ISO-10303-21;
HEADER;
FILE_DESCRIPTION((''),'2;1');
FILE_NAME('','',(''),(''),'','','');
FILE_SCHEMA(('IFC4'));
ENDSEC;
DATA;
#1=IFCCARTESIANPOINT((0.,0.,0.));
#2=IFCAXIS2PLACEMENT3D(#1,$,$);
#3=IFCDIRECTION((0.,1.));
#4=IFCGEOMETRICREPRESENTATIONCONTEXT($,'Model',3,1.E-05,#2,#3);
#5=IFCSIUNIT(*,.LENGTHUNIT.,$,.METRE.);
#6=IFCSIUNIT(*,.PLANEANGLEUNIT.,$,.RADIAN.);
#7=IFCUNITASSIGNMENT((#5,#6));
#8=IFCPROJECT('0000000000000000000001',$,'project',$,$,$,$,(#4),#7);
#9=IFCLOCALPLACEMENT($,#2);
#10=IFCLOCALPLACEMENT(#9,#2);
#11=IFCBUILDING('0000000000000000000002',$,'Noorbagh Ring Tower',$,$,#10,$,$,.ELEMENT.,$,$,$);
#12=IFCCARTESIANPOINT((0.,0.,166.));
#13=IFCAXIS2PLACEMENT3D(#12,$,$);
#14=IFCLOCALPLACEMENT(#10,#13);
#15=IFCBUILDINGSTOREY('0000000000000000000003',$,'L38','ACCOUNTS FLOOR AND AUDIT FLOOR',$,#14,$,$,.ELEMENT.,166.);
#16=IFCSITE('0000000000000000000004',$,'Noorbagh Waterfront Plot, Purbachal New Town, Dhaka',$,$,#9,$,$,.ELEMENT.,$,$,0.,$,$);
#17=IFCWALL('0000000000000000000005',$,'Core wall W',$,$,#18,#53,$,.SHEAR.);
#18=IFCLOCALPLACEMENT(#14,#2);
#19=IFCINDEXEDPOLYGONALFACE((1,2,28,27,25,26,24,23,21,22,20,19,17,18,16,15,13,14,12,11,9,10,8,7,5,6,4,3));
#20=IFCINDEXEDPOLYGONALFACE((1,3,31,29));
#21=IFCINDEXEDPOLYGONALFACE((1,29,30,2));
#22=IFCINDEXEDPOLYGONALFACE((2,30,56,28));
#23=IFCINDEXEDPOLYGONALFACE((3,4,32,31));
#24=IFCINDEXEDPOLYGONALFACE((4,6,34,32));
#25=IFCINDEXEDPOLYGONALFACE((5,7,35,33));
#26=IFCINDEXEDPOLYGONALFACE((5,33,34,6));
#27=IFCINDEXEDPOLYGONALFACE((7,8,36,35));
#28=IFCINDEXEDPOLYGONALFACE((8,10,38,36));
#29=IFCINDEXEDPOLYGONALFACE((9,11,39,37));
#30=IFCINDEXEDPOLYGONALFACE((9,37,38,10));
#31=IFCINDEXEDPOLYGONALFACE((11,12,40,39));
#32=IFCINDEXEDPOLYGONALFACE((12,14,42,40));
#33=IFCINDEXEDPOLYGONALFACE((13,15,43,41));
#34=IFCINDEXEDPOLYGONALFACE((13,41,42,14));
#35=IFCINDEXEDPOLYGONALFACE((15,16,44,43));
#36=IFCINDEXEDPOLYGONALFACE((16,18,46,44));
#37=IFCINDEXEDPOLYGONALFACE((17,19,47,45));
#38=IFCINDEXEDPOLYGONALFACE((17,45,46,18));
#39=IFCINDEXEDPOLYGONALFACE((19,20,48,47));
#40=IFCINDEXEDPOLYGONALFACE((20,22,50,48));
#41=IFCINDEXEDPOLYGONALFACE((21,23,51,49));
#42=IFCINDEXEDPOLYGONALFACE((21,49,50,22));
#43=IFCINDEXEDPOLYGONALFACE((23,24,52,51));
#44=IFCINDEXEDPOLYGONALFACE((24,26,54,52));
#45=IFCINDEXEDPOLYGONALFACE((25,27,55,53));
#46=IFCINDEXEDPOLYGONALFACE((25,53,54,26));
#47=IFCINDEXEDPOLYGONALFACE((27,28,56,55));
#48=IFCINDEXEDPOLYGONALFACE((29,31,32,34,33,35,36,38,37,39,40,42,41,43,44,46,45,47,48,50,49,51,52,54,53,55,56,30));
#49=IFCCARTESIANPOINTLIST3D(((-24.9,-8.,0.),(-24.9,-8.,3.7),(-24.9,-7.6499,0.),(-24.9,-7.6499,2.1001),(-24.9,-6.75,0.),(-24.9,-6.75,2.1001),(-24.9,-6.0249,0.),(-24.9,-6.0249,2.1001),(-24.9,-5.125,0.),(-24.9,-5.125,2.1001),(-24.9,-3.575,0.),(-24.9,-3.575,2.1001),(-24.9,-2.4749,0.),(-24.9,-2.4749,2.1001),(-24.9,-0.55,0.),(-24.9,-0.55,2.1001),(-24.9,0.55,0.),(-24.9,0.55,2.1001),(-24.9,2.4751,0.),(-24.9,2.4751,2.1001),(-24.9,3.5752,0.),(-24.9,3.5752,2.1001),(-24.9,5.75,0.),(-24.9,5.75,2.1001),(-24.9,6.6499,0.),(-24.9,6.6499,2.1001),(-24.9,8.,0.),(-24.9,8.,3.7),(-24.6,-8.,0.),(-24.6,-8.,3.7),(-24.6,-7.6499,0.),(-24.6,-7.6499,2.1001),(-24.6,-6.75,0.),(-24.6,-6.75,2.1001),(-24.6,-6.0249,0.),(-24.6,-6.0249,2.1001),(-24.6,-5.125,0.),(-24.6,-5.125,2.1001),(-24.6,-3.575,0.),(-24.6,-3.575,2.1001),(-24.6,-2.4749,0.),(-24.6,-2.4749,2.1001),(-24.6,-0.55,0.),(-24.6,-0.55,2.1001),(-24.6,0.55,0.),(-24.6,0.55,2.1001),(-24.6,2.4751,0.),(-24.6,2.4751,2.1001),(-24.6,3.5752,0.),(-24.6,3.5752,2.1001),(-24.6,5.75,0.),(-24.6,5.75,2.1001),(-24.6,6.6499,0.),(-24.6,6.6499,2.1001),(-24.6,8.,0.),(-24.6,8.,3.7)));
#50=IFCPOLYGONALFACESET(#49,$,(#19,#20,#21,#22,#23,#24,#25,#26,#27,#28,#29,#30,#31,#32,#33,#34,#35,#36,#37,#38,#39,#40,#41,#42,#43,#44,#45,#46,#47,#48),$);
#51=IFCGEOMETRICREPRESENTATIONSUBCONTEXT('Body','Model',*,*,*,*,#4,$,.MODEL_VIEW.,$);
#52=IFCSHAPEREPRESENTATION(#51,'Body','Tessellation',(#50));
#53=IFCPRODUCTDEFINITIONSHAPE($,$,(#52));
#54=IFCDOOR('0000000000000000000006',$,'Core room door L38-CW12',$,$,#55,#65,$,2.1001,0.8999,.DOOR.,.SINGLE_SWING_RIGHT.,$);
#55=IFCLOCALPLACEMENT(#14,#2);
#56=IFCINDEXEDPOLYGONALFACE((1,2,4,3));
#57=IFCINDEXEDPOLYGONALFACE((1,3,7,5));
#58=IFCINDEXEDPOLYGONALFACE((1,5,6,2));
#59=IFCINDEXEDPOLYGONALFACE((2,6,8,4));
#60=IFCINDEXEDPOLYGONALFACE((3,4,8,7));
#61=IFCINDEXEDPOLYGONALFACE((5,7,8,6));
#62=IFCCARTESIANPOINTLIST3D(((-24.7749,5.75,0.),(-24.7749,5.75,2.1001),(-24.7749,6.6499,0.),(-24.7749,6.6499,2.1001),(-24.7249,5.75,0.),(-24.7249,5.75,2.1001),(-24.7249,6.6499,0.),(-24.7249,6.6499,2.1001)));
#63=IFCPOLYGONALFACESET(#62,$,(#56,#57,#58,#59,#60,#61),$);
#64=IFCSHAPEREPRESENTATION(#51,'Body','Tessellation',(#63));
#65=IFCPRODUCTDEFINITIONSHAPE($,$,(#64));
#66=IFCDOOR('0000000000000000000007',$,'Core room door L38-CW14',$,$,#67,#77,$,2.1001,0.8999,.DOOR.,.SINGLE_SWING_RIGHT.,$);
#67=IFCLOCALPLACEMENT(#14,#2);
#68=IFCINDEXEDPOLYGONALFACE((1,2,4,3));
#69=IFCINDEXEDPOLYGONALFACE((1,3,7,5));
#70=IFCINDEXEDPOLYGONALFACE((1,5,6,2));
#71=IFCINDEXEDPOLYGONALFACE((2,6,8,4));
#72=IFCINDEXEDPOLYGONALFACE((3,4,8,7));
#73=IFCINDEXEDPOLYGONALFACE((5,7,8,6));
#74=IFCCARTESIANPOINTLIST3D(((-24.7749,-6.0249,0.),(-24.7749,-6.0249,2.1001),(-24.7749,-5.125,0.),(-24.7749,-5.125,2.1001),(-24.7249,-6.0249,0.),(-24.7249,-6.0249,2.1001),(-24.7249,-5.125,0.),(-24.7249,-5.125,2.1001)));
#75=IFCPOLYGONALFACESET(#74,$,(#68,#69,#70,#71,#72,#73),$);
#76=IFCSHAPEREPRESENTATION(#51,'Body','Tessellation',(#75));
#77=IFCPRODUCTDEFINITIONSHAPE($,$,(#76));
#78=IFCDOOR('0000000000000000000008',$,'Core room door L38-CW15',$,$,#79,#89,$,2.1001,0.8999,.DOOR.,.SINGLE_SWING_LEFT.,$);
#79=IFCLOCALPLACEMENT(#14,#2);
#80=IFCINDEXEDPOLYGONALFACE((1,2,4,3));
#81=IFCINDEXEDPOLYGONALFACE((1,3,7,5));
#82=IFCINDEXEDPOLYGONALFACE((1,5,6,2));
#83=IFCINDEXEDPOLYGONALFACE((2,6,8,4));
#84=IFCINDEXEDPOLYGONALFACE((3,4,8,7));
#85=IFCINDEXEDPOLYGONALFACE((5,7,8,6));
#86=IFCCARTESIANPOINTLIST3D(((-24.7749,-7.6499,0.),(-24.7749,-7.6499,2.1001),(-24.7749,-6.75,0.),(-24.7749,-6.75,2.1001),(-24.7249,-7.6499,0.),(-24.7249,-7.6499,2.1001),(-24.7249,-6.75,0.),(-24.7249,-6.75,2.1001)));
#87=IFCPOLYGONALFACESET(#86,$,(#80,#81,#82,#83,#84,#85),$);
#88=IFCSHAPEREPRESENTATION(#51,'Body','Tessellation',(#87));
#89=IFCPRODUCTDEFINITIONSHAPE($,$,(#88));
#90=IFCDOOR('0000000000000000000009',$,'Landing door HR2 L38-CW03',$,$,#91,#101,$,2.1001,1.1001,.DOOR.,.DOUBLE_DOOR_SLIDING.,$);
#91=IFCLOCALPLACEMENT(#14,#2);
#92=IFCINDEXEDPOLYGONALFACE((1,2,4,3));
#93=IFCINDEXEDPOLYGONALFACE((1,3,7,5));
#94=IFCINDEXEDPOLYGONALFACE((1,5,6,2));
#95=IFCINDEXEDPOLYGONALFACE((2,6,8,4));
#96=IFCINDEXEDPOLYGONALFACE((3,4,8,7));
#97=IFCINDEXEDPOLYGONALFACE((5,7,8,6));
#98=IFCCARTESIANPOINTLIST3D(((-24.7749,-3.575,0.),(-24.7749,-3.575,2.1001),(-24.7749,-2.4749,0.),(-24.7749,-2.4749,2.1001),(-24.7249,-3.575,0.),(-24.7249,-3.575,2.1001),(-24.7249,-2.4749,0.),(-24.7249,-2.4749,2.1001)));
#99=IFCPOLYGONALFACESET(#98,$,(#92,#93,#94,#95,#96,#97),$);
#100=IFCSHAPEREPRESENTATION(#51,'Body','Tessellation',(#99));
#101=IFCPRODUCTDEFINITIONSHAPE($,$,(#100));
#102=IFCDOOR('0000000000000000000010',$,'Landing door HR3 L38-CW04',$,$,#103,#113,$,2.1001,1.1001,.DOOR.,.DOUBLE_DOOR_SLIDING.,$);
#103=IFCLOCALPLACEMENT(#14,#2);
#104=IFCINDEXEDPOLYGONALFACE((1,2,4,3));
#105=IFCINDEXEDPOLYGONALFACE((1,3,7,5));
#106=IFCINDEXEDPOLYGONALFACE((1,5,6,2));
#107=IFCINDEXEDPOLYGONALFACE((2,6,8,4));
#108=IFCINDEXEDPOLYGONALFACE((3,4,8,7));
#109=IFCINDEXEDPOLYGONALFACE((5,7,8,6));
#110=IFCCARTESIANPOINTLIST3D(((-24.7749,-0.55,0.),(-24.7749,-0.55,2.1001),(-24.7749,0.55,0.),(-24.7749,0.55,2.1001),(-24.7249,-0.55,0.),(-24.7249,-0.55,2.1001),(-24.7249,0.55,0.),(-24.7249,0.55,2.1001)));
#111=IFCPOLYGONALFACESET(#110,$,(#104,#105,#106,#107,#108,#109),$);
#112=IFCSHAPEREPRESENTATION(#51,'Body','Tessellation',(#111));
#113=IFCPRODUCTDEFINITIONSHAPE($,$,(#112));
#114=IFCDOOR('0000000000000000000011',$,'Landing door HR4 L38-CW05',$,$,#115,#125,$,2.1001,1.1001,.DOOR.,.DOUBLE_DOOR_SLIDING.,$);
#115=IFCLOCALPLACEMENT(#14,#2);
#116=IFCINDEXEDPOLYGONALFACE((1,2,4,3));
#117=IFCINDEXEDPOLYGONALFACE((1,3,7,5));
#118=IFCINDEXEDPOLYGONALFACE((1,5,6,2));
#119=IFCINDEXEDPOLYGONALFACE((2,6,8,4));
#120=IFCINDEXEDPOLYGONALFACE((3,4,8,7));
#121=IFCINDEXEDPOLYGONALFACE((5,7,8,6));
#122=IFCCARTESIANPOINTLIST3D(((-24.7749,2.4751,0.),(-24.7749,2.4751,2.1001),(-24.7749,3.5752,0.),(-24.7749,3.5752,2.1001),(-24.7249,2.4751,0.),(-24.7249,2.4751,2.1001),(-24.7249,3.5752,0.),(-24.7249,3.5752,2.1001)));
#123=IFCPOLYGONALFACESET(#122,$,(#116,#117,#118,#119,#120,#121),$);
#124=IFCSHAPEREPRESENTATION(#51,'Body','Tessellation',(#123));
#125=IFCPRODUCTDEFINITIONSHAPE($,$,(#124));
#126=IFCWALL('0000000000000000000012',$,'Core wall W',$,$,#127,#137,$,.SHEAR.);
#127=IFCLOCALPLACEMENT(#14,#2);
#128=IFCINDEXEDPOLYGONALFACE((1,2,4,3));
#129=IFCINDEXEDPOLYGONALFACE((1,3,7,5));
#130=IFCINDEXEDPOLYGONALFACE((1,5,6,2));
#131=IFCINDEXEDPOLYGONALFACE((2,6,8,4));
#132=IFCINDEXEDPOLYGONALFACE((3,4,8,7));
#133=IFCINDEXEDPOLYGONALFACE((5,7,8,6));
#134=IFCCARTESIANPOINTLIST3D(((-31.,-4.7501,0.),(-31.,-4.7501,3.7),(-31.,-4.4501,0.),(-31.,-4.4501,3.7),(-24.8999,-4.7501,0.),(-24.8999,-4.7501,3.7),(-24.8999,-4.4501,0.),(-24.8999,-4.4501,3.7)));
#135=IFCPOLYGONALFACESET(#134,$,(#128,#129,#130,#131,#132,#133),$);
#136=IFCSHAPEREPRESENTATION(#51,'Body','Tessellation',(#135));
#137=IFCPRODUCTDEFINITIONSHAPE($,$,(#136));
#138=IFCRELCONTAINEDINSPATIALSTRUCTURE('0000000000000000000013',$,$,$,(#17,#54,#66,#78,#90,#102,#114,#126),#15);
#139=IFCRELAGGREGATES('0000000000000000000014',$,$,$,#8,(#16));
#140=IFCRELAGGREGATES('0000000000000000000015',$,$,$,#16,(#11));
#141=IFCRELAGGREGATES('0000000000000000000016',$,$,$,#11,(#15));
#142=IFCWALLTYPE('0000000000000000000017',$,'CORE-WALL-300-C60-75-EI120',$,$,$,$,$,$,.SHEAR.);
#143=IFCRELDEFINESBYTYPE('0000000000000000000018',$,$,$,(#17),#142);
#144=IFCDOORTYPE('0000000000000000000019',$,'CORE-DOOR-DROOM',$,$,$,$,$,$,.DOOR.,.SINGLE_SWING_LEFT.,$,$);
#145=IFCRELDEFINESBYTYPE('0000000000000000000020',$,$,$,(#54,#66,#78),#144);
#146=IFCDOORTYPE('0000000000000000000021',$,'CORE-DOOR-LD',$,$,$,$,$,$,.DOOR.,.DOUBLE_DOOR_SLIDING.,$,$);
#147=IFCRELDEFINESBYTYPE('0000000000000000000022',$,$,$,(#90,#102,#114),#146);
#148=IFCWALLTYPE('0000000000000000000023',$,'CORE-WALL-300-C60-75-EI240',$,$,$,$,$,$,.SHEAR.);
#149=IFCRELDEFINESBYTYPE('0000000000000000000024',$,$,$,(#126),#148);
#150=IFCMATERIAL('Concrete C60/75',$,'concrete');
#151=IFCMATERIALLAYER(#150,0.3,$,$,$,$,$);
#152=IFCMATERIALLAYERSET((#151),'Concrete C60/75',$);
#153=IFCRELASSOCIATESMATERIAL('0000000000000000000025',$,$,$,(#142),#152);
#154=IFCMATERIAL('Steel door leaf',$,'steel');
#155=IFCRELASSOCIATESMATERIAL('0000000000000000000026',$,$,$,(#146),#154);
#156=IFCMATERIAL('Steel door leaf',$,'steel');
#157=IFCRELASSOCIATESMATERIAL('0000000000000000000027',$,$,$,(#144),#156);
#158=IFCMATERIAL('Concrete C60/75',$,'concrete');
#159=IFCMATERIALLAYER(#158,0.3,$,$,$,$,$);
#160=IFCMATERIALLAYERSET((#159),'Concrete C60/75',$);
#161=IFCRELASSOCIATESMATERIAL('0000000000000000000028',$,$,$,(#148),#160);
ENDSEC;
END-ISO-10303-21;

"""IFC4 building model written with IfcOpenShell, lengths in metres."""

from ifc_helpers import new_model, si_unit, direction, frame, frame_2d, origin, place, context, subcontext, project, spatial, rectangle, extrude, material, layer, layer_set, type_object, element, fill, save


model = new_model("IFC4")

# Units and contexts
model_context = context("Model", 3, precision=1e-05, world=origin(), true_north=direction((0.0, 1.0)))
body_context = subcontext(model_context, "Body", "Model", "MODEL_VIEW")
ifc_project = project(units=[si_unit("LENGTHUNIT", "METRE"), si_unit("PLANEANGLEUNIT", "RADIAN")], contexts=[model_context])

# Site, building, storey
site_placement = place(None, origin())
site = spatial("IfcSite", under=ifc_project, at=site_placement, Name="Noorbagh Waterfront Plot, Purbachal New Town, Dhaka", CompositionType="ELEMENT", RefElevation=0.0)
building_placement = place(site_placement, origin())
building = spatial("IfcBuilding", under=site, at=building_placement, Name="Noorbagh Ring Tower", CompositionType="ELEMENT")
storey_placement = place(building_placement, frame((0.0, 0.0, 166.0)))
storey = spatial("IfcBuildingStorey", under=building, at=storey_placement, Name="L38", Description="ACCOUNTS FLOOR AND AUDIT FLOOR", CompositionType="ELEMENT", Elevation=166.0)

# Shared definitions
ifc_material_1 = material(Name="Concrete C60/75", Category="concrete")
ifc_layer_1 = layer(ifc_material_1, 0.3)
ifc_layer_set_1 = layer_set([ifc_layer_1], Name="Concrete C60/75")
wall_type_1 = type_object("IfcWallType", Name="CORE-WALL-300-C60-75-EI120", PredefinedType="SHEAR", material=ifc_layer_set_1)

# Wall, openings, doors
ifc_material_2 = material(Name="Steel door leaf", Category="steel")
door_type_1 = type_object("IfcDoorType", Name="CORE-DOOR-LD", OperationType="DOUBLE_DOOR_SLIDING", PredefinedType="DOOR", material=ifc_material_2)
wall_1_placement = place(storey_placement, frame((-24.75, -8.0, 0.0), z_axis=(0.0, 0.0, 1.0), x_axis=(0.0, 1.0, 0.0)))
wall_1 = element("IfcWall", 1, at=wall_1_placement, inside=storey, type_object=wall_type_1, Name="Core wall W", PredefinedType="SHEAR", context=body_context, shape_type="SweptSolid", body=[
    extrude(rectangle(XDim=16.0, YDim=0.3, at=frame_2d((8.0, 0.0))), origin(), (0.0, 0.0, 1.0), 3.7),
])
opening_1_placement = place(wall_1_placement, frame((4.425, 0.0, 0.0)))
opening_1 = element("IfcOpeningElement", 2, at=opening_1_placement, cuts=wall_1, PredefinedType="OPENING", context=body_context, shape_type="SweptSolid", body=[
    extrude(rectangle(XDim=1.1001, YDim=2.1001, at=frame_2d((0.55, 1.05))), frame((0.0, 0.1602, 0.0), z_axis=(0.0, -1.0, 0.0), x_axis=(1.0, 0.0, 0.0)), (0.0, 0.0, 1.0), 0.3201),
])
opening_2_placement = place(wall_1_placement, frame((7.45, 0.0, 0.0)))
opening_2 = element("IfcOpeningElement", 3, at=opening_2_placement, cuts=wall_1, PredefinedType="OPENING", context=body_context, shape_type="SweptSolid", body=[
    extrude(rectangle(XDim=1.1001, YDim=2.1001, at=frame_2d((0.55, 1.05))), frame((0.0, 0.1602, 0.0), z_axis=(0.0, -1.0, 0.0), x_axis=(1.0, 0.0, 0.0)), (0.0, 0.0, 1.0), 0.3201),
])
opening_3_placement = place(wall_1_placement, frame((10.4751, 0.0, 0.0)))
opening_3 = element("IfcOpeningElement", 4, at=opening_3_placement, cuts=wall_1, PredefinedType="OPENING", context=body_context, shape_type="SweptSolid", body=[
    extrude(rectangle(XDim=1.1001, YDim=2.1001, at=frame_2d((0.55, 1.05))), frame((0.0, 0.1602, 0.0), z_axis=(0.0, -1.0, 0.0), x_axis=(1.0, 0.0, 0.0)), (0.0, 0.0, 1.0), 0.3201),
])
opening_4_placement = place(wall_1_placement, frame((13.75, 0.0, 0.0)))
opening_4 = element("IfcOpeningElement", 5, at=opening_4_placement, cuts=wall_1, PredefinedType="OPENING", context=body_context, shape_type="SweptSolid", body=[
    extrude(rectangle(XDim=0.8999, YDim=2.1001, at=frame_2d((0.45, 1.05))), frame((0.0, 0.1602, 0.0), z_axis=(0.0, -1.0, 0.0), x_axis=(1.0, 0.0, 0.0)), (0.0, 0.0, 1.0), 0.3201),
])
opening_5_placement = place(wall_1_placement, frame((1.9751, 0.0, 0.0)))
opening_5 = element("IfcOpeningElement", 6, at=opening_5_placement, cuts=wall_1, PredefinedType="OPENING", context=body_context, shape_type="SweptSolid", body=[
    extrude(rectangle(XDim=0.8999, YDim=2.1001, at=frame_2d((0.45, 1.05))), frame((0.0, 0.1602, 0.0), z_axis=(0.0, -1.0, 0.0), x_axis=(1.0, 0.0, 0.0)), (0.0, 0.0, 1.0), 0.3201),
])
opening_6_placement = place(wall_1_placement, frame((0.3501, 0.0, 0.0)))
opening_6 = element("IfcOpeningElement", 7, at=opening_6_placement, cuts=wall_1, PredefinedType="OPENING", context=body_context, shape_type="SweptSolid", body=[
    extrude(rectangle(XDim=0.8999, YDim=2.1001, at=frame_2d((0.45, 1.05))), frame((0.0, 0.1602, 0.0), z_axis=(0.0, -1.0, 0.0), x_axis=(1.0, 0.0, 0.0)), (0.0, 0.0, 1.0), 0.3201),
])
ifc_material_3 = material(Name="Steel door leaf", Category="steel")
door_type_2 = type_object("IfcDoorType", Name="CORE-DOOR-DROOM", OperationType="SINGLE_SWING_LEFT", PredefinedType="DOOR", material=ifc_material_3)
door_1_placement = place(opening_4_placement, origin())
door_1 = element("IfcDoor", 8, at=door_1_placement, inside=storey, type_object=door_type_2, Name="Core room door L38-CW12", OperationType="SINGLE_SWING_RIGHT", OverallHeight=2.1001, OverallWidth=0.8999, PredefinedType="DOOR", context=body_context, shape_type="SweptSolid", body=[
    extrude(rectangle(XDim=0.8999, YDim=2.1001, at=frame_2d((0.45, 1.05))), frame((0.0, 0.0249, 0.0), z_axis=(0.0, -1.0, 0.0), x_axis=(1.0, 0.0, 0.0)), (0.0, 0.0, 1.0), 0.05),
])
fill(opening_4, door_1)
door_2_placement = place(opening_5_placement, origin())
door_2 = element("IfcDoor", 9, at=door_2_placement, inside=storey, type_object=door_type_2, Name="Core room door L38-CW14", OperationType="SINGLE_SWING_RIGHT", OverallHeight=2.1001, OverallWidth=0.8999, PredefinedType="DOOR", context=body_context, shape_type="SweptSolid", body=[
    extrude(rectangle(XDim=0.8999, YDim=2.1001, at=frame_2d((0.45, 1.05))), frame((0.0, 0.0249, 0.0), z_axis=(0.0, -1.0, 0.0), x_axis=(1.0, 0.0, 0.0)), (0.0, 0.0, 1.0), 0.05),
])
fill(opening_5, door_2)
door_3_placement = place(opening_6_placement, origin())
door_3 = element("IfcDoor", 10, at=door_3_placement, inside=storey, type_object=door_type_2, Name="Core room door L38-CW15", OperationType="SINGLE_SWING_LEFT", OverallHeight=2.1001, OverallWidth=0.8999, PredefinedType="DOOR", context=body_context, shape_type="SweptSolid", body=[
    extrude(rectangle(XDim=0.8999, YDim=2.1001, at=frame_2d((0.45, 1.05))), frame((0.0, 0.0249, 0.0), z_axis=(0.0, -1.0, 0.0), x_axis=(1.0, 0.0, 0.0)), (0.0, 0.0, 1.0), 0.05),
])
fill(opening_6, door_3)
door_4_placement = place(opening_1_placement, origin())
door_4 = element("IfcDoor", 11, at=door_4_placement, inside=storey, type_object=door_type_1, Name="Landing door HR2 L38-CW03", OperationType="DOUBLE_DOOR_SLIDING", OverallHeight=2.1001, OverallWidth=1.1001, PredefinedType="DOOR", context=body_context, shape_type="SweptSolid", body=[
    extrude(rectangle(XDim=1.1001, YDim=2.1001, at=frame_2d((0.55, 1.05))), frame((0.0, 0.0249, 0.0), z_axis=(0.0, -1.0, 0.0), x_axis=(1.0, 0.0, 0.0)), (0.0, 0.0, 1.0), 0.05),
])
fill(opening_1, door_4)
door_5_placement = place(opening_2_placement, origin())
door_5 = element("IfcDoor", 12, at=door_5_placement, inside=storey, type_object=door_type_1, Name="Landing door HR3 L38-CW04", OperationType="DOUBLE_DOOR_SLIDING", OverallHeight=2.1001, OverallWidth=1.1001, PredefinedType="DOOR", context=body_context, shape_type="SweptSolid", body=[
    extrude(rectangle(XDim=1.1001, YDim=2.1001, at=frame_2d((0.55, 1.05))), frame((0.0, 0.0249, 0.0), z_axis=(0.0, -1.0, 0.0), x_axis=(1.0, 0.0, 0.0)), (0.0, 0.0, 1.0), 0.05),
])
fill(opening_2, door_5)
door_6_placement = place(opening_3_placement, origin())
door_6 = element("IfcDoor", 13, at=door_6_placement, inside=storey, type_object=door_type_1, Name="Landing door HR4 L38-CW05", OperationType="DOUBLE_DOOR_SLIDING", OverallHeight=2.1001, OverallWidth=1.1001, PredefinedType="DOOR", context=body_context, shape_type="SweptSolid", body=[
    extrude(rectangle(XDim=1.1001, YDim=2.1001, at=frame_2d((0.55, 1.05))), frame((0.0, 0.0249, 0.0), z_axis=(0.0, -1.0, 0.0), x_axis=(1.0, 0.0, 0.0)), (0.0, 0.0, 1.0), 0.05),
])
fill(opening_3, door_6)

# Wall
ifc_material_4 = material(Name="Concrete C60/75", Category="concrete")
ifc_layer_2 = layer(ifc_material_4, 0.3)
ifc_layer_set_2 = layer_set([ifc_layer_2], Name="Concrete C60/75")
wall_type_2 = type_object("IfcWallType", Name="CORE-WALL-300-C60-75-EI240", PredefinedType="SHEAR", material=ifc_layer_set_2)
wall_2_placement = place(storey_placement, frame((-24.8999, -4.6001, 0.0), z_axis=(0.0, 0.0, 1.0), x_axis=(-1.0, 0.0, 0.0)))
element("IfcWall", 14, at=wall_2_placement, inside=storey, type_object=wall_type_2, Name="Core wall W", PredefinedType="SHEAR", context=body_context, shape_type="SweptSolid", body=[
    extrude(rectangle(XDim=6.1001, YDim=0.3, at=frame_2d((3.05, 0.0))), origin(), (0.0, 0.0, 1.0), 3.7),
])

save(model, "model.ifc")
